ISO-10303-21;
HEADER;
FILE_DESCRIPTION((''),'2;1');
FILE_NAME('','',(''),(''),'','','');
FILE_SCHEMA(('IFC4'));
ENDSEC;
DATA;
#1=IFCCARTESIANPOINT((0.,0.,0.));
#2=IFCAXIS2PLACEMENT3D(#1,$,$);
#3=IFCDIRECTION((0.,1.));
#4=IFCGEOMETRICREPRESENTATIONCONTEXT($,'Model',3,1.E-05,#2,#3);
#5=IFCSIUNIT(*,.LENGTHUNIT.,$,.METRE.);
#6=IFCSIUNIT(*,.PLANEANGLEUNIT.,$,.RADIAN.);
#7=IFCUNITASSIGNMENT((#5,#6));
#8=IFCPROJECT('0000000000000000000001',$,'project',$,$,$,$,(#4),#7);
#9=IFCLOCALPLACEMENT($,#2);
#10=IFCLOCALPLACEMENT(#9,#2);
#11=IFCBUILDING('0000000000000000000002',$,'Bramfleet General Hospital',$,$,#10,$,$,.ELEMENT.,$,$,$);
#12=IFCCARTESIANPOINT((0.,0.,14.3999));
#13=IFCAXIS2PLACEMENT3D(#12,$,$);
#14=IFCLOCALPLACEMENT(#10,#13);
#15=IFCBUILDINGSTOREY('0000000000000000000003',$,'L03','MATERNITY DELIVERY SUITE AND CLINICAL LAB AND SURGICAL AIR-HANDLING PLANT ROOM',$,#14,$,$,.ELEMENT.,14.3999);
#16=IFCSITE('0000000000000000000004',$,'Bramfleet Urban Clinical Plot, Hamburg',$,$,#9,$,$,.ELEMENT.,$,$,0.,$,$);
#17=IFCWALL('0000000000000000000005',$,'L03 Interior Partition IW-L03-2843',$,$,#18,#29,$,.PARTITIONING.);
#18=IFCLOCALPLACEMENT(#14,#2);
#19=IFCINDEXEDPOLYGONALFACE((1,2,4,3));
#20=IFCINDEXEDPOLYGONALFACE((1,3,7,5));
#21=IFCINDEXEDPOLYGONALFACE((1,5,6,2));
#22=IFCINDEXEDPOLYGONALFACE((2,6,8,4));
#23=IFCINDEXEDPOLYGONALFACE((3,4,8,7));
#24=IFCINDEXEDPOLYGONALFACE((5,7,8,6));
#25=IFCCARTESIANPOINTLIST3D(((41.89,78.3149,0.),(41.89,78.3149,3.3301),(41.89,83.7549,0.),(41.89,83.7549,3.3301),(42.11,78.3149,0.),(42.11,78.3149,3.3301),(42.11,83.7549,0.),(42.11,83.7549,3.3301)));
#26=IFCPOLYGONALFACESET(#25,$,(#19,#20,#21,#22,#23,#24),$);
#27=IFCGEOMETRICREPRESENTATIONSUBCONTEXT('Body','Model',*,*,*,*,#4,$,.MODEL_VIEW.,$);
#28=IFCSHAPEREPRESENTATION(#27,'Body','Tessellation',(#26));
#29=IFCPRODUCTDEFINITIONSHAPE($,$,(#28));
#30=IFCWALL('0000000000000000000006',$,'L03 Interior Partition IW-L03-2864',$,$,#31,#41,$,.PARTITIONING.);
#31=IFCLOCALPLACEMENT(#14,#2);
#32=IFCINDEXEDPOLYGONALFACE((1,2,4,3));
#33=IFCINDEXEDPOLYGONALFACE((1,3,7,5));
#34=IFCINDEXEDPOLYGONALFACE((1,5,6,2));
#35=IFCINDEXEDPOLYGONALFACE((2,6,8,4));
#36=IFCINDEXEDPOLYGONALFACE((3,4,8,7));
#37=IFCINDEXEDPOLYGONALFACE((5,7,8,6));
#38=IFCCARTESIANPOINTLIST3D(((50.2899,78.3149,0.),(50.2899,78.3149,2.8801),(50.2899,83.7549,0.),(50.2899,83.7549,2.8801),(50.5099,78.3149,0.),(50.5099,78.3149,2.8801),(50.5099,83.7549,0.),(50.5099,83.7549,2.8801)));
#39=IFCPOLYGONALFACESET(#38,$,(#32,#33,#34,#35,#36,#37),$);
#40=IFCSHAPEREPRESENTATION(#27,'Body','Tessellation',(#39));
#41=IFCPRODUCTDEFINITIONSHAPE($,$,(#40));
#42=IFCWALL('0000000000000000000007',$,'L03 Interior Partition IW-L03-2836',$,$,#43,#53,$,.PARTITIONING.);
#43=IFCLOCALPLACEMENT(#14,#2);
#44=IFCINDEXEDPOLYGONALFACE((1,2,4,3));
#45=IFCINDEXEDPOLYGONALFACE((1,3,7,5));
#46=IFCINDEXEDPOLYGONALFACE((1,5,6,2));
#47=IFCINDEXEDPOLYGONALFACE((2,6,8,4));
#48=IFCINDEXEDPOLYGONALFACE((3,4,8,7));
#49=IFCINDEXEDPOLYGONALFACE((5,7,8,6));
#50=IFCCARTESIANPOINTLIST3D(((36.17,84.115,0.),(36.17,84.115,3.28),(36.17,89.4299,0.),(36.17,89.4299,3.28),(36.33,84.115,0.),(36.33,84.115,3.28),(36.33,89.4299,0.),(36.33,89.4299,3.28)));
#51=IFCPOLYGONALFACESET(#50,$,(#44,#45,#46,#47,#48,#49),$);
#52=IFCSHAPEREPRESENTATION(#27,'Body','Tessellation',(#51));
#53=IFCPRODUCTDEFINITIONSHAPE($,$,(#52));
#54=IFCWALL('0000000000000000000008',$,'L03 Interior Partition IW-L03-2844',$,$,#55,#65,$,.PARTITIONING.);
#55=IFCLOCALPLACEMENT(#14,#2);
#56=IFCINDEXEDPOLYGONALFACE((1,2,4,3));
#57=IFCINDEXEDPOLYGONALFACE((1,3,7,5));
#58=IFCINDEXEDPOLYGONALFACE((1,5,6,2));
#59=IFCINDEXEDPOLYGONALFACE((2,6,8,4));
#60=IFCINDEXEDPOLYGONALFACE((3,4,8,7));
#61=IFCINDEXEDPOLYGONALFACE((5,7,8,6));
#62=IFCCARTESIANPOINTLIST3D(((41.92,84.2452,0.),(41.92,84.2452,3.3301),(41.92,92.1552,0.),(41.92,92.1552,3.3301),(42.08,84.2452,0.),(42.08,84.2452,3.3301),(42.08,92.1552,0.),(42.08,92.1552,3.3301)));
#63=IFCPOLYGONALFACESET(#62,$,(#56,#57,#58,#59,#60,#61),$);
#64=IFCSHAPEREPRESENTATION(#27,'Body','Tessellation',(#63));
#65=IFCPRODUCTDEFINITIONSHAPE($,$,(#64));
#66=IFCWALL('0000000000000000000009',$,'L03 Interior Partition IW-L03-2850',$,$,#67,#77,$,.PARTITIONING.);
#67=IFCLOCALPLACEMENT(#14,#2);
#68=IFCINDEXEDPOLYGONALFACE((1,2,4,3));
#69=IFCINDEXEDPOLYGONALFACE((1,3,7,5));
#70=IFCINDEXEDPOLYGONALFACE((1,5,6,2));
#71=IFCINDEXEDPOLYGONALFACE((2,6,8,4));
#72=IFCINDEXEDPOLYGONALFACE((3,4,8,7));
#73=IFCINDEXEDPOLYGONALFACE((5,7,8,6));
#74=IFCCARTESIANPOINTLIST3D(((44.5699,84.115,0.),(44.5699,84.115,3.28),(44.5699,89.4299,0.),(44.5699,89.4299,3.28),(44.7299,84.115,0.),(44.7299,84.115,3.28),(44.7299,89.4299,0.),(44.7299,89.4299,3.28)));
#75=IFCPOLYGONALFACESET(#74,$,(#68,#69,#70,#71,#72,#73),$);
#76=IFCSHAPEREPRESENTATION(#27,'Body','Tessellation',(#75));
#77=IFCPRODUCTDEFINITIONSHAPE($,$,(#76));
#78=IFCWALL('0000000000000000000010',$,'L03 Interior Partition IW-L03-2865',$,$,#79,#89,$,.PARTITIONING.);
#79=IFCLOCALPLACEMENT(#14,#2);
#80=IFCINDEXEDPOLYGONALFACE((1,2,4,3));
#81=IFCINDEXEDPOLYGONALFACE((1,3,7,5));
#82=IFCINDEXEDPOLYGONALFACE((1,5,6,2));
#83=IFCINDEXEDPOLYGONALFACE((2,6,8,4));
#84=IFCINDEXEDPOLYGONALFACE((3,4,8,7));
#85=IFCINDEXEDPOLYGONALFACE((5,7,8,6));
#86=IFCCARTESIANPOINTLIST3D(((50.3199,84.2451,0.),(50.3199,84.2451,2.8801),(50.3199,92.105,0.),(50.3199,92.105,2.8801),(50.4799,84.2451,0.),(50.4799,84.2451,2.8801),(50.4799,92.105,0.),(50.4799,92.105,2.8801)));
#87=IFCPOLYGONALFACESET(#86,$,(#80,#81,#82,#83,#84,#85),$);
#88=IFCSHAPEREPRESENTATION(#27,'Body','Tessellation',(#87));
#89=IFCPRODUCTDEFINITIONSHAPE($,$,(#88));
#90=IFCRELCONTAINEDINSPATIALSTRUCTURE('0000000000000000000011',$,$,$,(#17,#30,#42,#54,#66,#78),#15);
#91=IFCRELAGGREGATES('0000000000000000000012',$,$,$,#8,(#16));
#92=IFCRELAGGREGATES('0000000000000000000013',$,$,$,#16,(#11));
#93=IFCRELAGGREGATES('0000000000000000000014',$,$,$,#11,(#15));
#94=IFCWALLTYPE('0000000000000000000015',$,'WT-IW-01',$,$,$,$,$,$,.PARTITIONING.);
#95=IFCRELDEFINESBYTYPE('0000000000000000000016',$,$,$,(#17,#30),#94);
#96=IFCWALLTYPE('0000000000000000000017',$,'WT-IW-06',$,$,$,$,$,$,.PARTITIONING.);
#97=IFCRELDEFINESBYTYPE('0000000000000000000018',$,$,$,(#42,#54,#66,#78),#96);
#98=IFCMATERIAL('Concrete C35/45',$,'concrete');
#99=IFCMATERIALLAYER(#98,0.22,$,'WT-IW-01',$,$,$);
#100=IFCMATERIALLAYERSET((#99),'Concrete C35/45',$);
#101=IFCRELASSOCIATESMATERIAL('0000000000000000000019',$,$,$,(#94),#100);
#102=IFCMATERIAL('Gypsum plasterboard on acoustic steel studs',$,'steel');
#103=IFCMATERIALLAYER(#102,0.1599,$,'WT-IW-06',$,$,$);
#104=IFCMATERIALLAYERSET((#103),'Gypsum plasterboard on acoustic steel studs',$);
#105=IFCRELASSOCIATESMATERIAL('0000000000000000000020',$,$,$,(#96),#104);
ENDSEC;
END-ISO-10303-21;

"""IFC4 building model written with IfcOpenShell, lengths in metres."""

from ifc_helpers import new_model, si_unit, direction, frame, frame_2d, origin, place, context, subcontext, project, spatial, rectangle, extrude, material, layer, layer_set, type_object, element, save


model = new_model("IFC4")

# Units and contexts
model_context = context("Model", 3, precision=1e-05, world=origin(), true_north=direction((0.0, 1.0)))
body_context = subcontext(model_context, "Body", "Model", "MODEL_VIEW")
ifc_project = project(units=[si_unit("LENGTHUNIT", "METRE"), si_unit("PLANEANGLEUNIT", "RADIAN")], contexts=[model_context])

# Site, building, storey
site_placement = place(None, origin())
site = spatial("IfcSite", under=ifc_project, at=site_placement, Name="Bramfleet Urban Clinical Plot, Hamburg", CompositionType="ELEMENT", RefElevation=0.0)
building_placement = place(site_placement, origin())
building = spatial("IfcBuilding", under=site, at=building_placement, Name="Bramfleet General Hospital", CompositionType="ELEMENT")
storey_placement = place(building_placement, frame((0.0, 0.0, 14.3999)))
storey = spatial("IfcBuildingStorey", under=building, at=storey_placement, Name="L03", Description="MATERNITY DELIVERY SUITE AND CLINICAL LAB AND SURGICAL AIR-HANDLING PLANT ROOM", CompositionType="ELEMENT", Elevation=14.3999)

# Shared definitions
ifc_material_1 = material(Name="Concrete C35/45", Category="concrete")

# Shared definitions
ifc_layer_1 = layer(ifc_material_1, 0.22, Name="WT-IW-01")
ifc_layer_set_1 = layer_set([ifc_layer_1], Name="Concrete C35/45")
wall_type_1 = type_object("IfcWallType", Name="WT-IW-01", PredefinedType="PARTITIONING", material=ifc_layer_set_1)

# Walls
wall_1_placement = place(storey_placement, frame((42.0, 78.3149, 0.0), z_axis=(0.0, 0.0, 1.0), x_axis=(0.0, 1.0, 0.0)))
element("IfcWall", 1, at=wall_1_placement, inside=storey, type_object=wall_type_1, Name="L03 Interior Partition IW-L03-2843", PredefinedType="PARTITIONING", context=body_context, shape_type="SweptSolid", body=[
    extrude(rectangle(XDim=5.4399, YDim=0.22, at=frame_2d((2.72, 0.0))), origin(), (0.0, 0.0, 1.0), 3.3301),
])
wall_2_placement = place(storey_placement, frame((50.3999, 78.3149, 0.0), z_axis=(0.0, 0.0, 1.0), x_axis=(0.0, 1.0, 0.0)))
element("IfcWall", 2, at=wall_2_placement, inside=storey, type_object=wall_type_1, Name="L03 Interior Partition IW-L03-2864", PredefinedType="PARTITIONING", context=body_context, shape_type="SweptSolid", body=[
    extrude(rectangle(XDim=5.4399, YDim=0.22, at=frame_2d((2.72, 0.0))), origin(), (0.0, 0.0, 1.0), 2.8801),
])
ifc_material_2 = material(Name="Gypsum plasterboard on acoustic steel studs", Category="steel")
ifc_layer_2 = layer(ifc_material_2, 0.1599, Name="WT-IW-06")
ifc_layer_set_2 = layer_set([ifc_layer_2], Name="Gypsum plasterboard on acoustic steel studs")
wall_type_2 = type_object("IfcWallType", Name="WT-IW-06", PredefinedType="PARTITIONING", material=ifc_layer_set_2)
wall_3_placement = place(storey_placement, frame((36.25, 84.115, 0.0), z_axis=(0.0, 0.0, 1.0), x_axis=(0.0, 1.0, 0.0)))
element("IfcWall", 3, at=wall_3_placement, inside=storey, type_object=wall_type_2, Name="L03 Interior Partition IW-L03-2836", PredefinedType="PARTITIONING", context=body_context, shape_type="SweptSolid", body=[
    extrude(rectangle(XDim=5.3149, YDim=0.1599, at=frame_2d((2.6575, 0.0))), origin(), (0.0, 0.0, 1.0), 3.28),
])
wall_4_placement = place(storey_placement, frame((42.0, 84.2451, 0.0), z_axis=(0.0, 0.0, 1.0), x_axis=(0.0, 1.0, 0.0)))
element("IfcWall", 4, at=wall_4_placement, inside=storey, type_object=wall_type_2, Name="L03 Interior Partition IW-L03-2844", PredefinedType="PARTITIONING", context=body_context, shape_type="SweptSolid", body=[
    extrude(rectangle(XDim=7.9099, YDim=0.1599, at=frame_2d((3.9551, 0.0))), origin(), (0.0, 0.0, 1.0), 3.3301),
])
wall_5_placement = place(storey_placement, frame((44.6499, 84.115, 0.0), z_axis=(0.0, 0.0, 1.0), x_axis=(0.0, 1.0, 0.0)))
element("IfcWall", 5, at=wall_5_placement, inside=storey, type_object=wall_type_2, Name="L03 Interior Partition IW-L03-2850", PredefinedType="PARTITIONING", context=body_context, shape_type="SweptSolid", body=[
    extrude(rectangle(XDim=5.3149, YDim=0.1599, at=frame_2d((2.6575, 0.0))), origin(), (0.0, 0.0, 1.0), 3.28),
])
wall_6_placement = place(storey_placement, frame((50.3999, 84.2451, 0.0), z_axis=(0.0, 0.0, 1.0), x_axis=(0.0, 1.0, 0.0)))
element("IfcWall", 6, at=wall_6_placement, inside=storey, type_object=wall_type_2, Name="L03 Interior Partition IW-L03-2865", PredefinedType="PARTITIONING", context=body_context, shape_type="SweptSolid", body=[
    extrude(rectangle(XDim=7.8599, YDim=0.1599, at=frame_2d((3.9299, 0.0))), origin(), (0.0, 0.0, 1.0), 2.8801),
])

save(model, "model.ifc")
